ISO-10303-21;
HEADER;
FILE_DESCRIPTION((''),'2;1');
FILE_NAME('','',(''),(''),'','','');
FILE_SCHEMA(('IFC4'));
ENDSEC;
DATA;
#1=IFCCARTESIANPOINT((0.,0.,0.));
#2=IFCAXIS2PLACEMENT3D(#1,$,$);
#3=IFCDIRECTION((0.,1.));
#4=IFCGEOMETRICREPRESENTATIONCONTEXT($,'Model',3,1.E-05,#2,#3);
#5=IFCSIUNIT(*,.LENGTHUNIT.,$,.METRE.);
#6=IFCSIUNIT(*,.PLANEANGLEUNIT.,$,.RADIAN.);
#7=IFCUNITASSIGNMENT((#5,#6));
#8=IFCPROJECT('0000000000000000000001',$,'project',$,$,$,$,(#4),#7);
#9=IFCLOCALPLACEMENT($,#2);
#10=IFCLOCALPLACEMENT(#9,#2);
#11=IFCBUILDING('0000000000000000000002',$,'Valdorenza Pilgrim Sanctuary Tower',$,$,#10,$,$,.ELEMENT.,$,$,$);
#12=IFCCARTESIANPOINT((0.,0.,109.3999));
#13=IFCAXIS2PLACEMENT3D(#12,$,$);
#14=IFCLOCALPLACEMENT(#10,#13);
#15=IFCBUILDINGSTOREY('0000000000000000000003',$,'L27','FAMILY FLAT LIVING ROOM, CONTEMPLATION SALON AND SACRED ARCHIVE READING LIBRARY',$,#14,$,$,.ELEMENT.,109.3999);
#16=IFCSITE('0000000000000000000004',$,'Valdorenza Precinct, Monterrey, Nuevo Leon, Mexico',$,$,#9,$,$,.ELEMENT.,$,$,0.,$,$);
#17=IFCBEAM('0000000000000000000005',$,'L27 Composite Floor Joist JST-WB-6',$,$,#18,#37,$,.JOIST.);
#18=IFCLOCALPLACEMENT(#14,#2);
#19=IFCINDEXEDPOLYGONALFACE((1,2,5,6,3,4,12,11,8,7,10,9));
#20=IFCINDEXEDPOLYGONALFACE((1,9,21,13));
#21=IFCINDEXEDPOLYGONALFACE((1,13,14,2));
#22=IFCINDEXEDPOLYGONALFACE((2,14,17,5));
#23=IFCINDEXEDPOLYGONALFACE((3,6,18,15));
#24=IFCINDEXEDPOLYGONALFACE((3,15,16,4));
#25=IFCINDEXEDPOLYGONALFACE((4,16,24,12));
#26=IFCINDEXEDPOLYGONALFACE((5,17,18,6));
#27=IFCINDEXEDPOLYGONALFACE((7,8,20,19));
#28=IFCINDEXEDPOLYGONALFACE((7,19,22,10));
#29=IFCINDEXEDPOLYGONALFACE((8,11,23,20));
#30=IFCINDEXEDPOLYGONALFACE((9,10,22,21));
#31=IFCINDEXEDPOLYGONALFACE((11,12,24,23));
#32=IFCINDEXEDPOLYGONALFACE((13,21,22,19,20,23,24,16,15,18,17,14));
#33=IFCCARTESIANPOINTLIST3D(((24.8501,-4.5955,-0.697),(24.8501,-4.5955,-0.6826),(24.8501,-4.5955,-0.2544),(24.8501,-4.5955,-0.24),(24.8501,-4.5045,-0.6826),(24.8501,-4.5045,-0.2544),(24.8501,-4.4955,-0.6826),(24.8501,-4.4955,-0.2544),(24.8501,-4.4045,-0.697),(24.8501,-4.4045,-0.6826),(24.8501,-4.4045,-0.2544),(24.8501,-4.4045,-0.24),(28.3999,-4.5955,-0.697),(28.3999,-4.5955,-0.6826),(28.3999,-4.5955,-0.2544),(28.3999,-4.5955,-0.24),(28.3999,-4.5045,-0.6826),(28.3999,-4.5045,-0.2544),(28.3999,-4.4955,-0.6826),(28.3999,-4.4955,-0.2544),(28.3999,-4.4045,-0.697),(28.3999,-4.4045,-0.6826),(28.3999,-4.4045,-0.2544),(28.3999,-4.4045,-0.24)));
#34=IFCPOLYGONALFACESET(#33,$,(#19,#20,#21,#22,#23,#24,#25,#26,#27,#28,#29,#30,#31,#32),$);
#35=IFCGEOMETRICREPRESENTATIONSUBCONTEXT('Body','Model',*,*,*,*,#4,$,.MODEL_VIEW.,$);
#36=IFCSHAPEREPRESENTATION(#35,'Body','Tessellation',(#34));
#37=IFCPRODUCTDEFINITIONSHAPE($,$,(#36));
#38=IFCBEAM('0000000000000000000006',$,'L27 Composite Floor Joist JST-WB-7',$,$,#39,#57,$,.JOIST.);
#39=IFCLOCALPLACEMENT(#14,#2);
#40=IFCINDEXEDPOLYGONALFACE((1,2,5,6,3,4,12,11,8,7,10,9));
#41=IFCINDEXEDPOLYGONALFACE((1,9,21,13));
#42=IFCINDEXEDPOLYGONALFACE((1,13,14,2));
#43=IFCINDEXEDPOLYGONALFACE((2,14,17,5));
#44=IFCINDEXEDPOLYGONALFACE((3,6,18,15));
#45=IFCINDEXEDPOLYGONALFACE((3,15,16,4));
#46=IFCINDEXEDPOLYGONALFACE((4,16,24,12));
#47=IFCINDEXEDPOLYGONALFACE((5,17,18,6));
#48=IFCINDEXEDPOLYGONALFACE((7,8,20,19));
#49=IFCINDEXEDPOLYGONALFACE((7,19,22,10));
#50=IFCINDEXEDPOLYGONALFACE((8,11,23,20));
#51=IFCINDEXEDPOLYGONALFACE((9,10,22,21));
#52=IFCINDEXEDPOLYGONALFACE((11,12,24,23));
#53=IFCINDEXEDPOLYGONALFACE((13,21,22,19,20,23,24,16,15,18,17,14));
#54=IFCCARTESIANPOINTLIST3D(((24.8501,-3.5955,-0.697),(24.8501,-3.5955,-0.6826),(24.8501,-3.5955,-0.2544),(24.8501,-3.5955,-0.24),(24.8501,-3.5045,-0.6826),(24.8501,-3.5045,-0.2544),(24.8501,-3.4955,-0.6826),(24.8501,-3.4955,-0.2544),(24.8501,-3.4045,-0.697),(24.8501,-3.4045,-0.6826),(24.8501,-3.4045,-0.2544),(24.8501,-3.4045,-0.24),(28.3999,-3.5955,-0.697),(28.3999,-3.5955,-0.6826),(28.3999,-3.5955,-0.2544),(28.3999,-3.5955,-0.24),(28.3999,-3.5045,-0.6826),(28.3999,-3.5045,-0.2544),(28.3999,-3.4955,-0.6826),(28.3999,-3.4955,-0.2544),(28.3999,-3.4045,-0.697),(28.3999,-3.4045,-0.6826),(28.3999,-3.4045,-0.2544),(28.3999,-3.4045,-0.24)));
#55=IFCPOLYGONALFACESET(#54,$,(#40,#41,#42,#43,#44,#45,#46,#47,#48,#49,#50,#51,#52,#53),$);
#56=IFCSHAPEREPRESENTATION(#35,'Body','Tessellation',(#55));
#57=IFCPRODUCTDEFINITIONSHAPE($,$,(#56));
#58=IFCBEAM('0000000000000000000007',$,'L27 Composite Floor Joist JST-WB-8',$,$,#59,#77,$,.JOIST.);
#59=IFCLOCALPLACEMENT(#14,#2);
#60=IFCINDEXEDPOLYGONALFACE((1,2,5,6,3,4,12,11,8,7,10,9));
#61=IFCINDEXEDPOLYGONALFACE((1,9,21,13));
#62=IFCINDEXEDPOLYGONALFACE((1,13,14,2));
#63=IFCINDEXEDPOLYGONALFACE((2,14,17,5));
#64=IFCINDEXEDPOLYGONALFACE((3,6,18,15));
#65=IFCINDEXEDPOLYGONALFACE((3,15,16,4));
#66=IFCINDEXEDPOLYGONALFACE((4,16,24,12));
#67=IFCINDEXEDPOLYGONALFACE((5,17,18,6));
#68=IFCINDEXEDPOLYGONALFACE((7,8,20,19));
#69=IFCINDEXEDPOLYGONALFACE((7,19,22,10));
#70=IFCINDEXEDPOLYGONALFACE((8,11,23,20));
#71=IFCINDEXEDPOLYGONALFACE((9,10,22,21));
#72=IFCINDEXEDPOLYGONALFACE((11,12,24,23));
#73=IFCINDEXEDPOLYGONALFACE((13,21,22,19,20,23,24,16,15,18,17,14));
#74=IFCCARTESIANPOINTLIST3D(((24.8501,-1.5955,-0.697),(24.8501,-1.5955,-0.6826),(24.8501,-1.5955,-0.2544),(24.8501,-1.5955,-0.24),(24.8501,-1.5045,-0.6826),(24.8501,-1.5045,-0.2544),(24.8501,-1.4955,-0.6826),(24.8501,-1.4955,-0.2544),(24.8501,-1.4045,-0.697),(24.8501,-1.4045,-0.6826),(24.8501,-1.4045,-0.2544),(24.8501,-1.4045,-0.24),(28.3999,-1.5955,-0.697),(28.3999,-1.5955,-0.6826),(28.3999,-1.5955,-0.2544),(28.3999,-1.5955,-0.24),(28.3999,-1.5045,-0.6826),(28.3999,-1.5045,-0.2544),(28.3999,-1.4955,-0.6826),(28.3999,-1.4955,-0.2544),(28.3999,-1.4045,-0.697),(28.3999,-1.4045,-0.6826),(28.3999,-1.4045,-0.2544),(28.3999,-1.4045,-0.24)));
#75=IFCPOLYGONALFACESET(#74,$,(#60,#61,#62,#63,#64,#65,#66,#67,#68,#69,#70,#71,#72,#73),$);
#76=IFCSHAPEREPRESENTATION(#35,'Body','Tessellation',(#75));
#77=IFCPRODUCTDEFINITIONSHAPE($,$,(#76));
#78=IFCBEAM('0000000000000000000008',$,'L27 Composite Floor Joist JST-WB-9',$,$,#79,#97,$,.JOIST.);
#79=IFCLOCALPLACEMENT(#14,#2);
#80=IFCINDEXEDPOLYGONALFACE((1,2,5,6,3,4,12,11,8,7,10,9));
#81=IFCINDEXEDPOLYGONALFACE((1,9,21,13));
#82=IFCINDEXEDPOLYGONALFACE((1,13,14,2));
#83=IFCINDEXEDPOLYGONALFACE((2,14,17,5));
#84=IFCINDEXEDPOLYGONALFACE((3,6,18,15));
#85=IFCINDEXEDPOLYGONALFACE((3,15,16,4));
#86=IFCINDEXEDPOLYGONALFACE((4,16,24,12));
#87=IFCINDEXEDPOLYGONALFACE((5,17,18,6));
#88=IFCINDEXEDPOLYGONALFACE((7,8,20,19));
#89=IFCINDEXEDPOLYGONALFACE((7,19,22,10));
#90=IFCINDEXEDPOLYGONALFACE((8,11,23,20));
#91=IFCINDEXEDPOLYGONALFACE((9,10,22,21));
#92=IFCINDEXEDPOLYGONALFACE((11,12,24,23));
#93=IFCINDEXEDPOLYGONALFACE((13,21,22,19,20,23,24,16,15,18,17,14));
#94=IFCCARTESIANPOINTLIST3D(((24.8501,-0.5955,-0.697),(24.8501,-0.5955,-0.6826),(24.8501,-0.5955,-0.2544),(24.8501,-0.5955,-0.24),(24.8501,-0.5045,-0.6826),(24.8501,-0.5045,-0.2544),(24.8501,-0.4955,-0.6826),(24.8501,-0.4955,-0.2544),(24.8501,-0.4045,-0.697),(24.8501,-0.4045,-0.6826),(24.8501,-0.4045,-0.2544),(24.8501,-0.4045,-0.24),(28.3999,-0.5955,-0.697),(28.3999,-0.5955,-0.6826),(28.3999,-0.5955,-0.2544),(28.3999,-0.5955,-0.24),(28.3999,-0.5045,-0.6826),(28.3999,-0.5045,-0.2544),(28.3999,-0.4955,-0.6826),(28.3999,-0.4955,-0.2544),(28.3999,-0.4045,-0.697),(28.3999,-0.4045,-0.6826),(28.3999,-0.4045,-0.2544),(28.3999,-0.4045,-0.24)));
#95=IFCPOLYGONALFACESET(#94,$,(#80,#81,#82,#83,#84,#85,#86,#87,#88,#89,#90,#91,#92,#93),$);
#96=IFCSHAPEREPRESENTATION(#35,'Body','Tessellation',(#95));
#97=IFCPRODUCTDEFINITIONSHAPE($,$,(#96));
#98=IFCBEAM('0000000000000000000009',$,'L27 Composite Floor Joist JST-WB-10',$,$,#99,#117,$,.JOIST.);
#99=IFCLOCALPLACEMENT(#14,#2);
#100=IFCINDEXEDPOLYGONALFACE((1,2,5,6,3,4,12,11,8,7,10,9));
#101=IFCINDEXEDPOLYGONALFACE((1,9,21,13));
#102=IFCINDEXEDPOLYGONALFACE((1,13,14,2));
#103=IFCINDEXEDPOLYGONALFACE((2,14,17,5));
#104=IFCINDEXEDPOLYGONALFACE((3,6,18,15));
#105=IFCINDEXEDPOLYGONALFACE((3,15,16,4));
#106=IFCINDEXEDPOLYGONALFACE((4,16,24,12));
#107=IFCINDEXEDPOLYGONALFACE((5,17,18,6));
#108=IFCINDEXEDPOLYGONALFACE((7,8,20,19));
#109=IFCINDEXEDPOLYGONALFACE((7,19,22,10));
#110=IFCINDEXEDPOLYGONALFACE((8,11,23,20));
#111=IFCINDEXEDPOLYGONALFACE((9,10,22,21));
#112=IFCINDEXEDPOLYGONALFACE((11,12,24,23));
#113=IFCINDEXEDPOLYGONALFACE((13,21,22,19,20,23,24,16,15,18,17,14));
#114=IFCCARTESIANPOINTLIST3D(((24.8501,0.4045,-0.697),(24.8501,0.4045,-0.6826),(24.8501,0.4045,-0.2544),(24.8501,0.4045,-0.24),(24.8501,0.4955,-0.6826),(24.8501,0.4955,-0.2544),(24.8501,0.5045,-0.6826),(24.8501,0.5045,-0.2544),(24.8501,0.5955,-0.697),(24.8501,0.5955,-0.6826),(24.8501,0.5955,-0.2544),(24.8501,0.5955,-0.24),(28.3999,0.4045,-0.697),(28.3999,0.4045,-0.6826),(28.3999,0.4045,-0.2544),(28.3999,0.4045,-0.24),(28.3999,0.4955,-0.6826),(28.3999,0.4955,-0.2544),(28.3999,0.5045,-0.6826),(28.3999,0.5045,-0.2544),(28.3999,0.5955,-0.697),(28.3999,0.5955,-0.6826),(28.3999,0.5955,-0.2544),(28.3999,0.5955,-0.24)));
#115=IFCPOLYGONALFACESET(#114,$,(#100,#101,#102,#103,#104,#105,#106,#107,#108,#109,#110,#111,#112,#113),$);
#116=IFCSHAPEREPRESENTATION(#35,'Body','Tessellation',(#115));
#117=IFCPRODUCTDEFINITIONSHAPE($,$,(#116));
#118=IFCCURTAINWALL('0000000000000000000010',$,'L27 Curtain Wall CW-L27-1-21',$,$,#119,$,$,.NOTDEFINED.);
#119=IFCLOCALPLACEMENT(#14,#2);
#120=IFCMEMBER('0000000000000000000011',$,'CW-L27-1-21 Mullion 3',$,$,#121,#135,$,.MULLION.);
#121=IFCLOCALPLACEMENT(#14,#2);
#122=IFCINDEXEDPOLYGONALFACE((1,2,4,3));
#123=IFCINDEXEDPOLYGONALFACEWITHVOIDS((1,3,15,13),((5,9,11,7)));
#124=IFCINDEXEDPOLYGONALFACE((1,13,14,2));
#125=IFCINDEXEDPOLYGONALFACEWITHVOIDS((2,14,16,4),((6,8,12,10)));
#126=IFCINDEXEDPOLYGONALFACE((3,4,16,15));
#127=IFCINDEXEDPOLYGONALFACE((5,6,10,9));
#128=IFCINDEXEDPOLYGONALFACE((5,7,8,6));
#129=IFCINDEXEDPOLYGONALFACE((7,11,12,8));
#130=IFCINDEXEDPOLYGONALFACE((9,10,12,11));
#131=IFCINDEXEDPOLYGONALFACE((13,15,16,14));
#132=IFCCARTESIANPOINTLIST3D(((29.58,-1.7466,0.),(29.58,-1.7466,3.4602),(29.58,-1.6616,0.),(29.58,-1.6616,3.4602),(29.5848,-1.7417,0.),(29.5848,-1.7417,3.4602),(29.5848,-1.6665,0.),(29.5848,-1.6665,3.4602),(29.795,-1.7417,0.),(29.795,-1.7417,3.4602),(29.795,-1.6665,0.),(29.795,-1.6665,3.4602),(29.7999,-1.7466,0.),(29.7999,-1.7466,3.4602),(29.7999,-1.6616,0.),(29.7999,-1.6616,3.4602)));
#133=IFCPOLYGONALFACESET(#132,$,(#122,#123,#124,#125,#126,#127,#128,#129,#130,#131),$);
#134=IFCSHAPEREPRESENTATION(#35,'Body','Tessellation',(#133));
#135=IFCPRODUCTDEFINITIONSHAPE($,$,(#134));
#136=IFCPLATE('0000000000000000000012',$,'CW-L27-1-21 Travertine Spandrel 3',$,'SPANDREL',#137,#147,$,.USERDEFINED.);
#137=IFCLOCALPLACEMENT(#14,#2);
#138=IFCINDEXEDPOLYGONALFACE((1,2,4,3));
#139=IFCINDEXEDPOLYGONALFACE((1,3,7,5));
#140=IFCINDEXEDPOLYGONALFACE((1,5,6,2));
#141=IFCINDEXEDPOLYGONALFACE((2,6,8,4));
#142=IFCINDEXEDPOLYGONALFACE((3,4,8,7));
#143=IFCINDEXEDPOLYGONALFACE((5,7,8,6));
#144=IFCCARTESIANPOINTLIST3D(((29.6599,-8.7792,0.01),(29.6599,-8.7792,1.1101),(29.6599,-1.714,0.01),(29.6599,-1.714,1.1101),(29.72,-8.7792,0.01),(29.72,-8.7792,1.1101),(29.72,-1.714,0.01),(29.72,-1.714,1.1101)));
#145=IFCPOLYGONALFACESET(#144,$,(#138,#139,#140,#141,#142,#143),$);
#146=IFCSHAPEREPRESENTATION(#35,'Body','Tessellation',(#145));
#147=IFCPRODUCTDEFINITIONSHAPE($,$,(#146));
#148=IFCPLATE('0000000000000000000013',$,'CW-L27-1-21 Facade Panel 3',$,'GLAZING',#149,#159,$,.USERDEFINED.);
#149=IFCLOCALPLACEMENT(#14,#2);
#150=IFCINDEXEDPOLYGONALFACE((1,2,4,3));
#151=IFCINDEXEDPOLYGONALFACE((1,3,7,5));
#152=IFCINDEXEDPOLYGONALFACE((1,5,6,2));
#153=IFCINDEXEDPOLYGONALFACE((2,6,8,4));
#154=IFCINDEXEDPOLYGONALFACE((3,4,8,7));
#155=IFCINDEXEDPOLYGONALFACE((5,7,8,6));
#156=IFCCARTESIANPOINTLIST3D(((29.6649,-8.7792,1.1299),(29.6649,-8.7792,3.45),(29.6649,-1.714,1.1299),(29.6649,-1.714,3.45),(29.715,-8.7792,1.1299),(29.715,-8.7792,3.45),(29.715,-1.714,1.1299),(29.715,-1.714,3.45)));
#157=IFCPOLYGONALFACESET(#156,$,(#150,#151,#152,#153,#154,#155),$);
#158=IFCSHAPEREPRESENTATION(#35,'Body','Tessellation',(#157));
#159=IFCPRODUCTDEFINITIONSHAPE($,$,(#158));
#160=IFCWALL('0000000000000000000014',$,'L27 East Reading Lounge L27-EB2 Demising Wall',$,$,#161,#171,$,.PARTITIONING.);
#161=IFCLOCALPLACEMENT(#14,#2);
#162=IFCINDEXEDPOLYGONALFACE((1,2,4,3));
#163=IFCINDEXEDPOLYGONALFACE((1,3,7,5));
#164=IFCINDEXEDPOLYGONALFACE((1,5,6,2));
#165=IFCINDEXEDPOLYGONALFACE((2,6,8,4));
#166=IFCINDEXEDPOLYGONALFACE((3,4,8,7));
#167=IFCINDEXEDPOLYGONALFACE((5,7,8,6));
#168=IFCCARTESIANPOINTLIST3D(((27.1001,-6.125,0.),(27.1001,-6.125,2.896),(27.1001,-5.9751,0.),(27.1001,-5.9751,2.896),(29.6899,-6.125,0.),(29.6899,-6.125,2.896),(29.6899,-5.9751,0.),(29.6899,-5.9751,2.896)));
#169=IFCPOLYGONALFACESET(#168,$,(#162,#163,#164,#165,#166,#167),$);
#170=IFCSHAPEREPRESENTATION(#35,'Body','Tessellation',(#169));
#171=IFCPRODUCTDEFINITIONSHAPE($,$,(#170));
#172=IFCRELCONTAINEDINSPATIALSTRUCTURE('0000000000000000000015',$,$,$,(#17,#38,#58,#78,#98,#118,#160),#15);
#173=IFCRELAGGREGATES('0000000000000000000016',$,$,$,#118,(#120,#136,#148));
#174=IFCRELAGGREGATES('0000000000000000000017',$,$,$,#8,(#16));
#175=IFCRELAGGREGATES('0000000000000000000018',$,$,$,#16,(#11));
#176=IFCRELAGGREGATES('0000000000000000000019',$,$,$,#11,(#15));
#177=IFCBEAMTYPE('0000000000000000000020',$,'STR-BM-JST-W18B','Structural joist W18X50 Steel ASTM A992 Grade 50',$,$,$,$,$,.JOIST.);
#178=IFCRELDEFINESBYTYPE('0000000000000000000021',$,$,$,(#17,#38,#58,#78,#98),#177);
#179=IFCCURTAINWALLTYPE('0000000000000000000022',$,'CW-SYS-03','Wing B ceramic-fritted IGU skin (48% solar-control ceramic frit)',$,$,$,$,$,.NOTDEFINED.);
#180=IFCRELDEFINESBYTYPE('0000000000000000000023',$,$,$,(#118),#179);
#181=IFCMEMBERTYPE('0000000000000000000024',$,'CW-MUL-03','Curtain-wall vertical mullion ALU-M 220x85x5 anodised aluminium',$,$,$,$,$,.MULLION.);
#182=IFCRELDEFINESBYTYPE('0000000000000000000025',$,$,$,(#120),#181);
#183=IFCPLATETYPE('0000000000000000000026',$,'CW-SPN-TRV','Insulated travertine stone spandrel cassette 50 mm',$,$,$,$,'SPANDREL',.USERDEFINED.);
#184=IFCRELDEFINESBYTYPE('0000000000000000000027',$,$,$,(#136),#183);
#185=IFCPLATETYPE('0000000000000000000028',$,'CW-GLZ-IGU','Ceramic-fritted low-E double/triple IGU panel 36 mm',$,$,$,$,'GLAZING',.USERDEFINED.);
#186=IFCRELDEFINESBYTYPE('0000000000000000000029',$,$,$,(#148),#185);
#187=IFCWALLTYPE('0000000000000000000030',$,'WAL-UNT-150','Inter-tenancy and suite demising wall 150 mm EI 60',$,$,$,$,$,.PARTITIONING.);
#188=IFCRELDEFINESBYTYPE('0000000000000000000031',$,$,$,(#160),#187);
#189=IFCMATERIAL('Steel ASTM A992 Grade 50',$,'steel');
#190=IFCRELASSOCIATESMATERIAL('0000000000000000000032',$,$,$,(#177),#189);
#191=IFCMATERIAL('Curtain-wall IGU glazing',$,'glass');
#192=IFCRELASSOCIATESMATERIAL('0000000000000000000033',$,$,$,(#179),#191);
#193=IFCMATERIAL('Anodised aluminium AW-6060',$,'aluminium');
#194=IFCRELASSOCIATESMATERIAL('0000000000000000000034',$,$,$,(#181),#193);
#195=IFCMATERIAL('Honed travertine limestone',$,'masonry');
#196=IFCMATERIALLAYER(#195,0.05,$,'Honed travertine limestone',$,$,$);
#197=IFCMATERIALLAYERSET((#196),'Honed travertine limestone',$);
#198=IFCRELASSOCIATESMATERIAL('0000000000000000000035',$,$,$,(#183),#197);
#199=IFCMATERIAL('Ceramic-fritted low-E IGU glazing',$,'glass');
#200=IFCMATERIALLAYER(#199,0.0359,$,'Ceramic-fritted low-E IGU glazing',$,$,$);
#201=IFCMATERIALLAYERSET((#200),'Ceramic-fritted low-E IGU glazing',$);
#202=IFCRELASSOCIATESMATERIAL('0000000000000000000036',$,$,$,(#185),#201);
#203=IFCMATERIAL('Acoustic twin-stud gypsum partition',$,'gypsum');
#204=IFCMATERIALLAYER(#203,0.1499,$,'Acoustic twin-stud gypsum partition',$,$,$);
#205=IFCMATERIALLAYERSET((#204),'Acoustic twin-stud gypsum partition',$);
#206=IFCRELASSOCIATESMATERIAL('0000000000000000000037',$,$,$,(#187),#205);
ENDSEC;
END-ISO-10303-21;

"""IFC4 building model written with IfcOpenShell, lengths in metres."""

from ifc_helpers import new_model, si_unit, direction, frame, frame_2d, origin, origin_2d, place, context, subcontext, project, spatial, rectangle, hollow_rectangle, i_section, extrude, source, transform, mapped, material, layer, layer_set, material_profile, profile_set, type_object, element, aggregate, save


model = new_model("IFC4")

# Units and contexts
model_context = context("Model", 3, precision=1e-05, world=origin(), true_north=direction((0.0, 1.0)))
body_context = subcontext(model_context, "Body", "Model", "MODEL_VIEW")
ifc_project = project(units=[si_unit("LENGTHUNIT", "METRE"), si_unit("PLANEANGLEUNIT", "RADIAN")], contexts=[model_context])

# Site, building, storey
site_placement = place(None, origin())
site = spatial("IfcSite", under=ifc_project, at=site_placement, Name="Valdorenza Precinct, Monterrey, Nuevo Leon, Mexico", CompositionType="ELEMENT", RefElevation=0.0)
building_placement = place(site_placement, origin())
building = spatial("IfcBuilding", under=site, at=building_placement, Name="Valdorenza Pilgrim Sanctuary Tower", CompositionType="ELEMENT")
storey_placement = place(building_placement, frame((0.0, 0.0, 109.3999)))
storey = spatial("IfcBuildingStorey", under=building, at=storey_placement, Name="L27", Description="FAMILY FLAT LIVING ROOM, CONTEMPLATION SALON AND SACRED ARCHIVE READING LIBRARY", CompositionType="ELEMENT", Elevation=109.3999)

# Shared definitions
ifc_material_1 = material(Name="Steel ASTM A992 Grade 50", Category="steel")

# Beams
ifc_material_profile_1 = material_profile(ifc_material_1, i_section(OverallWidth=0.1909, OverallDepth=0.457, WebThickness=0.009, FlangeThickness=0.0144, at=origin_2d()), Name="W18X50")
ifc_profile_set_1 = profile_set([ifc_material_profile_1], Name="Steel ASTM A992 Grade 50")
beam_type_1 = type_object("IfcBeamType", Name="STR-BM-JST-W18B", Description="Structural joist W18X50 Steel ASTM A992 Grade 50", PredefinedType="JOIST", material=ifc_profile_set_1)
shared_shape_1 = source(origin(), body_context, "Body", "SweptSolid", [
    extrude(i_section(OverallWidth=0.1909, OverallDepth=0.457, WebThickness=0.009, FlangeThickness=0.0144, at=origin_2d()), origin(), (0.0, 0.0, 1.0), 3.5498),
])
for number, where, z_axis, x_axis, name in (
    (1, (24.8501, -4.5, -0.4685), (1.0, 0.0, 0.0), (0.0, 1.0, 0.0), "L27 Composite Floor Joist JST-WB-6"),
    (2, (24.8501, -3.5, -0.4685), (1.0, 0.0, 0.0), (0.0, 1.0, 0.0), "L27 Composite Floor Joist JST-WB-7"),
    (3, (24.8501, -1.5, -0.4685), (1.0, 0.0, 0.0), (0.0, 1.0, 0.0), "L27 Composite Floor Joist JST-WB-8"),
    (4, (24.8501, -0.5, -0.4685), (1.0, 0.0, 0.0), (0.0, 1.0, 0.0), "L27 Composite Floor Joist JST-WB-9"),
    (5, (24.8501, 0.5, -0.4685), (1.0, 0.0, 0.0), (0.0, 1.0, 0.0), "L27 Composite Floor Joist JST-WB-10"),
):
    element("IfcBeam", number, at=place(storey_placement, frame(where, z_axis=z_axis, x_axis=x_axis)), inside=storey, type_object=beam_type_1, Name=name, PredefinedType="JOIST", context=body_context, shape_type="MappedRepresentation", body=[
        mapped(shared_shape_1, transform((0.0, 0.0, 0.0), x_axis=(1.0, 0.0, 0.0), y_axis=(0.0, 1.0, 0.0), z_axis=(0.0, 0.0, 1.0), scale=1.0)),
    ])

# Curtain wall, member, plates
ifc_material_2 = material(Name="Curtain-wall IGU glazing", Category="glass")
curtain_wall_type = type_object("IfcCurtainWallType", Name="CW-SYS-03", Description="Wing B ceramic-fritted IGU skin (48% solar-control ceramic frit)", PredefinedType="NOTDEFINED", material=ifc_material_2)
curtain_wall_placement = place(storey_placement, origin())
curtain_wall = element("IfcCurtainWall", 6, at=curtain_wall_placement, inside=storey, type_object=curtain_wall_type, Name="L27 Curtain Wall CW-L27-1-21", PredefinedType="NOTDEFINED")
ifc_material_3 = material(Name="Anodised aluminium AW-6060", Category="aluminium")
ifc_material_profile_2 = material_profile(ifc_material_3, hollow_rectangle(XDim=0.085, YDim=0.22, WallThickness=0.0049, at=origin_2d()), Name="ALU-M 220x85x5")
ifc_profile_set_2 = profile_set([ifc_material_profile_2], Name="Anodised aluminium AW-6060")
member_type = type_object("IfcMemberType", Name="CW-MUL-03", Description="Curtain-wall vertical mullion ALU-M 220x85x5 anodised aluminium", PredefinedType="MULLION", material=ifc_profile_set_2)
shared_shape_2 = source(origin(), body_context, "Body", "SweptSolid", [
    extrude(hollow_rectangle(XDim=0.085, YDim=0.22, WallThickness=0.0049, at=origin_2d()), origin(), (0.0, 0.0, 1.0), 3.4602),
])
member_placement = place(storey_placement, frame((29.6899, -1.7041, 0.0), z_axis=(0.0, 0.0, 1.0), x_axis=(0.0, -1.0, 0.0)))
member = element("IfcMember", 7, at=member_placement, type_object=member_type, Name="CW-L27-1-21 Mullion 3", PredefinedType="MULLION", context=body_context, shape_type="MappedRepresentation", body=[
    mapped(shared_shape_2, transform((0.0, 0.0, 0.0), x_axis=(1.0, 0.0, 0.0), y_axis=(0.0, 1.0, 0.0), z_axis=(0.0, 0.0, 1.0), scale=1.0)),
])
ifc_material_4 = material(Name="Honed travertine limestone", Category="masonry")
ifc_layer_1 = layer(ifc_material_4, 0.05, Name="Honed travertine limestone")
ifc_layer_set_1 = layer_set([ifc_layer_1], Name="Honed travertine limestone")
plate_type_1 = type_object("IfcPlateType", Name="CW-SPN-TRV", Description="Insulated travertine stone spandrel cassette 50 mm", ElementType="SPANDREL", PredefinedType="USERDEFINED", material=ifc_layer_set_1)
shared_shape_3 = source(origin(), body_context, "Body", "SweptSolid", [
    extrude(rectangle(XDim=7.0652, YDim=0.0601, at=origin_2d()), origin(), (0.0, 0.0, 1.0), 1.1001),
])
plate_1_placement = place(storey_placement, frame((29.6899, -5.2466, 0.01), z_axis=(0.0, 0.0, 1.0), x_axis=(0.0, -1.0, 0.0)))
plate_1 = element("IfcPlate", 8, at=plate_1_placement, type_object=plate_type_1, Name="CW-L27-1-21 Travertine Spandrel 3", ObjectType="SPANDREL", PredefinedType="USERDEFINED", context=body_context, shape_type="MappedRepresentation", body=[
    mapped(shared_shape_3, transform((0.0, 0.0, 0.0), x_axis=(1.0, 0.0, 0.0), y_axis=(0.0, 1.0, 0.0), z_axis=(0.0, 0.0, 1.0), scale=1.0)),
])
ifc_material_5 = material(Name="Ceramic-fritted low-E IGU glazing", Category="glass")
ifc_layer_2 = layer(ifc_material_5, 0.0359, Name="Ceramic-fritted low-E IGU glazing")
ifc_layer_set_2 = layer_set([ifc_layer_2], Name="Ceramic-fritted low-E IGU glazing")
plate_type_2 = type_object("IfcPlateType", Name="CW-GLZ-IGU", Description="Ceramic-fritted low-E double/triple IGU panel 36 mm", ElementType="GLAZING", PredefinedType="USERDEFINED", material=ifc_layer_set_2)
shared_shape_4 = source(origin(), body_context, "Body", "SweptSolid", [
    extrude(rectangle(XDim=7.0652, YDim=0.05, at=origin_2d()), origin(), (0.0, 0.0, 1.0), 2.3201),
])
plate_2_placement = place(storey_placement, frame((29.6899, -5.2466, 1.1299), z_axis=(0.0, 0.0, 1.0), x_axis=(0.0, -1.0, 0.0)))
plate_2 = element("IfcPlate", 9, at=plate_2_placement, type_object=plate_type_2, Name="CW-L27-1-21 Facade Panel 3", ObjectType="GLAZING", PredefinedType="USERDEFINED", context=body_context, shape_type="MappedRepresentation", body=[
    mapped(shared_shape_4, transform((0.0, 0.0, 0.0), x_axis=(1.0, 0.0, 0.0), y_axis=(0.0, 1.0, 0.0), z_axis=(0.0, 0.0, 1.0), scale=1.0)),
])
aggregate(curtain_wall, [member, plate_1, plate_2])

# Wall
ifc_material_6 = material(Name="Acoustic twin-stud gypsum partition", Category="gypsum")
ifc_layer_3 = layer(ifc_material_6, 0.1499, Name="Acoustic twin-stud gypsum partition")
ifc_layer_set_3 = layer_set([ifc_layer_3], Name="Acoustic twin-stud gypsum partition")
wall_type = type_object("IfcWallType", Name="WAL-UNT-150", Description="Inter-tenancy and suite demising wall 150 mm EI 60", PredefinedType="PARTITIONING", material=ifc_layer_set_3)
wall_placement = place(storey_placement, frame((27.1001, -6.05, 0.0), z_axis=(0.0, 0.0, 1.0), x_axis=(1.0, 0.0, 0.0)))
element("IfcWall", 10, at=wall_placement, inside=storey, type_object=wall_type, Name="L27 East Reading Lounge L27-EB2 Demising Wall", PredefinedType="PARTITIONING", context=body_context, shape_type="SweptSolid", body=[
    extrude(rectangle(XDim=2.5898, YDim=0.1499, at=frame_2d((1.2949, 0.0))), origin(), (0.0, 0.0, 1.0), 2.896),
])

save(model, "model.ifc")
